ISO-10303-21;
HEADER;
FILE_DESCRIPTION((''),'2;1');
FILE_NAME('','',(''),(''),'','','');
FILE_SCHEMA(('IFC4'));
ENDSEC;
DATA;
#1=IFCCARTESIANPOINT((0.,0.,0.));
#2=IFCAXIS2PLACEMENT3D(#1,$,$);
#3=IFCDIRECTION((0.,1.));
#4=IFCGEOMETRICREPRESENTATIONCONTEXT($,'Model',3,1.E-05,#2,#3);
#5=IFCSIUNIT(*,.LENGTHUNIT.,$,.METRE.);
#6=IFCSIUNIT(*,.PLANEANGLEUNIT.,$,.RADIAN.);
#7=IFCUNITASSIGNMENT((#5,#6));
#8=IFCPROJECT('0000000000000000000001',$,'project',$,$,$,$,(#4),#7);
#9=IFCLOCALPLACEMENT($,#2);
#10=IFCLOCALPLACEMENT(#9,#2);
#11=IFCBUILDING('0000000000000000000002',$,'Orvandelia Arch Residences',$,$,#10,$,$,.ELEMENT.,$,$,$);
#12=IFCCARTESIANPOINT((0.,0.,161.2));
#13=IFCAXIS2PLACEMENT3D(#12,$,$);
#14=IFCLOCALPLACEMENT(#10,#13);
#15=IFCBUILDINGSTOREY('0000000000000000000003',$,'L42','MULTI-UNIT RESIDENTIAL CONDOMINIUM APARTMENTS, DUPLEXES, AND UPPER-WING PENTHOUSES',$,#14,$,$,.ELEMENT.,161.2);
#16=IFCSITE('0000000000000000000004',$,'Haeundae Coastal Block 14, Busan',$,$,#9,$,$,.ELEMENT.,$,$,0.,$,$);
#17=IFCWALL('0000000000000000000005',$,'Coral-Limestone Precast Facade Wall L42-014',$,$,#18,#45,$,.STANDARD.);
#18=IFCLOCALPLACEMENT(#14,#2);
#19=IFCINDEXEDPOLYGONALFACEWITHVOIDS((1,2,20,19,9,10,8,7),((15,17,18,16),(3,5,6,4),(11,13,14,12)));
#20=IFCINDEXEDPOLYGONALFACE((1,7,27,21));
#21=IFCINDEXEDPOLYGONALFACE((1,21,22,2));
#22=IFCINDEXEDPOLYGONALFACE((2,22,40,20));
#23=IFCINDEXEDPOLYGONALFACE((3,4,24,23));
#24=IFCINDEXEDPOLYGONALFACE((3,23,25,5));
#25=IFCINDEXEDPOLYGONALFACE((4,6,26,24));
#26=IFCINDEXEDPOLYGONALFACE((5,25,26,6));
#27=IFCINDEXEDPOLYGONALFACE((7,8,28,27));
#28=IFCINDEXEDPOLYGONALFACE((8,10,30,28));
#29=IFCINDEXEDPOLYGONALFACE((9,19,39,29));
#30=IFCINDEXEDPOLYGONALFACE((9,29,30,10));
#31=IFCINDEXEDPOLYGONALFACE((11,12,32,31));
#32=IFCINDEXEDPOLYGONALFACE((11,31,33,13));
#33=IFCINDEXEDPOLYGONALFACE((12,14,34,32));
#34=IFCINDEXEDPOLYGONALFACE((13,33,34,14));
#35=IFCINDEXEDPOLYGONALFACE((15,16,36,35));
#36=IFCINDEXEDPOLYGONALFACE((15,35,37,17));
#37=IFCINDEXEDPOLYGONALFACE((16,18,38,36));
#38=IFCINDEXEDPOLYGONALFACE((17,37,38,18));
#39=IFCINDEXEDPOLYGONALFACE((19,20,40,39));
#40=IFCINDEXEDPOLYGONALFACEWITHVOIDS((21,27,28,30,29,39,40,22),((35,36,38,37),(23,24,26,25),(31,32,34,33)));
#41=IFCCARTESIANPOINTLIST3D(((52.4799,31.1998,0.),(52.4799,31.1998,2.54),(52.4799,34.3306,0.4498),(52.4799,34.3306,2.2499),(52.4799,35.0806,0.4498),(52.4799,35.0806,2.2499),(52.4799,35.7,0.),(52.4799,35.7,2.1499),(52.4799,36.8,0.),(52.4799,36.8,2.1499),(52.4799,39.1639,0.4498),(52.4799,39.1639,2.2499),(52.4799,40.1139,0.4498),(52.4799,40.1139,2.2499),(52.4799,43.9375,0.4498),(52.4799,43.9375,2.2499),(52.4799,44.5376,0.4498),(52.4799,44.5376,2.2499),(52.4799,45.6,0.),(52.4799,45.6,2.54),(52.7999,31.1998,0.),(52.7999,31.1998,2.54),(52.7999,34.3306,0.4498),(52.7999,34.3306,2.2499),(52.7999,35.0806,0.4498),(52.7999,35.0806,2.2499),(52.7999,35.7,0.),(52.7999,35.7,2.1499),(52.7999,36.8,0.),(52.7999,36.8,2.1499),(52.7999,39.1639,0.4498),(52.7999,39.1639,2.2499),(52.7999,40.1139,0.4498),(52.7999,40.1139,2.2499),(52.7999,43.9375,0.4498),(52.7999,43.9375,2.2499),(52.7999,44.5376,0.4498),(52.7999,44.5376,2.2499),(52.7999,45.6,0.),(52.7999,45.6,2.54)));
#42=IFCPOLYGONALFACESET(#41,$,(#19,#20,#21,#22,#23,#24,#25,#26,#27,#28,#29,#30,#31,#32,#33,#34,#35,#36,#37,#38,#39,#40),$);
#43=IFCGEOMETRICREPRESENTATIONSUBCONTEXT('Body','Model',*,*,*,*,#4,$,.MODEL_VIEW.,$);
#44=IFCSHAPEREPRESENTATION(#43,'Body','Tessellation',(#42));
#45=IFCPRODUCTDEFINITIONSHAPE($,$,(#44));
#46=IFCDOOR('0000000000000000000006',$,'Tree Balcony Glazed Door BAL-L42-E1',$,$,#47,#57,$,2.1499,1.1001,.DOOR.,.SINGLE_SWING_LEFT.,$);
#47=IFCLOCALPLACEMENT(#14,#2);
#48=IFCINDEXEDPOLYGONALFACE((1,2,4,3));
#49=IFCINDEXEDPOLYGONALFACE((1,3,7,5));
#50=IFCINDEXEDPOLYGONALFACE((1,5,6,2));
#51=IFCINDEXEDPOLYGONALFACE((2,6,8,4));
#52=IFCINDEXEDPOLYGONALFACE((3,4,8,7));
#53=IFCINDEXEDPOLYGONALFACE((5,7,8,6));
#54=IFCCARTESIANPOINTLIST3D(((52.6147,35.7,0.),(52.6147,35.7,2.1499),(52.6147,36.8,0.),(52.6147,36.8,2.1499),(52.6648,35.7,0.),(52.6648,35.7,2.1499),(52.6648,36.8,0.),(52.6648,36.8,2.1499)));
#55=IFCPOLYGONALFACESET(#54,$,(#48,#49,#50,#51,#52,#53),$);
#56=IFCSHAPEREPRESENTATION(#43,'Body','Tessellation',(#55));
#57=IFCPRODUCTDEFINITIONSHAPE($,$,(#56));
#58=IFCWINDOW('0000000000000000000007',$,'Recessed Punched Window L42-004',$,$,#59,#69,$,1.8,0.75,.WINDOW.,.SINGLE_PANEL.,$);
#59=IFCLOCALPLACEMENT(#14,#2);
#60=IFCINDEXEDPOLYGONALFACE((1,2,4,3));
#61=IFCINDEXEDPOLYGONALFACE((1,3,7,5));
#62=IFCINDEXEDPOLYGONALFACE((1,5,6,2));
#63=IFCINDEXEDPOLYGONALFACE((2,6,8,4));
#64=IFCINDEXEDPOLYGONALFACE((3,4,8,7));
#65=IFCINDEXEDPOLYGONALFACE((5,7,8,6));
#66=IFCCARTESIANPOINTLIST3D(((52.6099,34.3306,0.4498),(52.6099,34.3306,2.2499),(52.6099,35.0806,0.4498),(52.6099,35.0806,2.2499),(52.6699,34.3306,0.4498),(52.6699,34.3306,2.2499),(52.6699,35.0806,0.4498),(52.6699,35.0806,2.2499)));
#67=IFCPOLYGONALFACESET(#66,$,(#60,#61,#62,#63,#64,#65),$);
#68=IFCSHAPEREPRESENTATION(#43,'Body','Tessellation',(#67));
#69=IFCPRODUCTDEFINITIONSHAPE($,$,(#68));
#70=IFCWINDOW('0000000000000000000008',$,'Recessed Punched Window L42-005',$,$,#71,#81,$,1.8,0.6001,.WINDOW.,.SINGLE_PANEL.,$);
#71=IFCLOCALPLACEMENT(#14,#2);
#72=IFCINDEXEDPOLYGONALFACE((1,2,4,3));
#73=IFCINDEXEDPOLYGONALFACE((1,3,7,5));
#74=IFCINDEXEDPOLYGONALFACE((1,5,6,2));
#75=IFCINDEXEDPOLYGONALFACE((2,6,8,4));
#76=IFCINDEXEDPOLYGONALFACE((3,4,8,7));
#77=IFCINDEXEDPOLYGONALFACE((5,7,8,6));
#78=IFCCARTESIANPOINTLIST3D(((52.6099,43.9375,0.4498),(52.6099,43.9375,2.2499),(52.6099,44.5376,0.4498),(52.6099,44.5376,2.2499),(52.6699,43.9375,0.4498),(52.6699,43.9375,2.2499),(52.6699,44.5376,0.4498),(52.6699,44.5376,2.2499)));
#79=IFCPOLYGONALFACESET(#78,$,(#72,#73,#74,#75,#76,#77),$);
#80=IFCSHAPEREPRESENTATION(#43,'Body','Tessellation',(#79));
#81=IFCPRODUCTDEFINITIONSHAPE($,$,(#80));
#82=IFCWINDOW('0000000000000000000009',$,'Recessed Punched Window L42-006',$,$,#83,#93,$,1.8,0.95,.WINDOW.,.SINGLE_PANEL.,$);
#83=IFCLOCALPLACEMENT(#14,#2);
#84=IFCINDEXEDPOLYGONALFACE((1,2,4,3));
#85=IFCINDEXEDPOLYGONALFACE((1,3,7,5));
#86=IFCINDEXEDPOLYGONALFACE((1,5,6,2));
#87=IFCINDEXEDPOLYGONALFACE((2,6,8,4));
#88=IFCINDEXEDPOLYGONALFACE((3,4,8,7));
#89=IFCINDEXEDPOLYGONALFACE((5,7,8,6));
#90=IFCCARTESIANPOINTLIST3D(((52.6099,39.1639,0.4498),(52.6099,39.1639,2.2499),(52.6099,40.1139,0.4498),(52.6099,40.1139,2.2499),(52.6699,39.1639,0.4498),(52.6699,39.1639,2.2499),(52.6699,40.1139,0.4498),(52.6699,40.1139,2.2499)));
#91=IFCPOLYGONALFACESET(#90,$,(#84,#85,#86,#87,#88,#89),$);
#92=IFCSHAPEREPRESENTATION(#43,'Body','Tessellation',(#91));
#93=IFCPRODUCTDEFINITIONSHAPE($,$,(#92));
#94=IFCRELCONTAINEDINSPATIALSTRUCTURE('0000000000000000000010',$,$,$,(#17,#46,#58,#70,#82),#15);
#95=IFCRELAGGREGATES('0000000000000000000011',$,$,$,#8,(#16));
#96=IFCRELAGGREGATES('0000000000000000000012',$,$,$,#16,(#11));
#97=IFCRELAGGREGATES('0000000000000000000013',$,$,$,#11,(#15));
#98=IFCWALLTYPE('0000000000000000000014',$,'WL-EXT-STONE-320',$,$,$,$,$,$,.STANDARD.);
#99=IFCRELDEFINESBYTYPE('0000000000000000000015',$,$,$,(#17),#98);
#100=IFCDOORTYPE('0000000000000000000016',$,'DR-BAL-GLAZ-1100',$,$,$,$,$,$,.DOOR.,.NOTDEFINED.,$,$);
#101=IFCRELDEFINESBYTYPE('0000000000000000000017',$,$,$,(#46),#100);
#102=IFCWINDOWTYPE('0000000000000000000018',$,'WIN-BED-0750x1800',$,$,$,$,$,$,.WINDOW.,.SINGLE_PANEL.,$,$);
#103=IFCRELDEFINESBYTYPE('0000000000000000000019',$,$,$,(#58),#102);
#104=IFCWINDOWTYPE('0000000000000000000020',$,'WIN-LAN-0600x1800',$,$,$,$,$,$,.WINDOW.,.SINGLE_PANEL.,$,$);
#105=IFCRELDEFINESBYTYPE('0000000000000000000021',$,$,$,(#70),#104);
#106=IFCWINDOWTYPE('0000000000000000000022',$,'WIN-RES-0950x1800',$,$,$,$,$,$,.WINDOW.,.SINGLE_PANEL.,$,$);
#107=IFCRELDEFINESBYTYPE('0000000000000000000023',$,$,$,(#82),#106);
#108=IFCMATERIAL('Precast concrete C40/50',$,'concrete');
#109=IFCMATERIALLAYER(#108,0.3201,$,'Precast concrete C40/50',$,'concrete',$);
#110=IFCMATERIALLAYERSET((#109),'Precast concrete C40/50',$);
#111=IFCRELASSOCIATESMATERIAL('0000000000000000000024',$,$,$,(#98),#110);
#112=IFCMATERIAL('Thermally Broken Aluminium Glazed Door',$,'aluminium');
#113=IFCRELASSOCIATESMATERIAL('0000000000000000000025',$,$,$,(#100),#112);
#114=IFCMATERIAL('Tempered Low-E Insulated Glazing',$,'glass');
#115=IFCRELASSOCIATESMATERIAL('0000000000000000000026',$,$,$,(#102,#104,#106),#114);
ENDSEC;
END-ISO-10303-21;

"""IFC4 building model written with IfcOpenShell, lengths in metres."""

from ifc_helpers import new_model, si_unit, direction, frame, frame_2d, origin, place, context, subcontext, project, spatial, rectangle, extrude, material, layer, layer_set, type_object, element, fill, save


model = new_model("IFC4")

# Units and contexts
model_context = context("Model", 3, precision=1e-05, world=origin(), true_north=direction((0.0, 1.0)))
body_context = subcontext(model_context, "Body", "Model", "MODEL_VIEW")
ifc_project = project(units=[si_unit("LENGTHUNIT", "METRE"), si_unit("PLANEANGLEUNIT", "RADIAN")], contexts=[model_context])

# Site, building, storey
site_placement = place(None, origin())
site = spatial("IfcSite", under=ifc_project, at=site_placement, Name="Haeundae Coastal Block 14, Busan", CompositionType="ELEMENT", RefElevation=0.0)
building_placement = place(site_placement, origin())
building = spatial("IfcBuilding", under=site, at=building_placement, Name="Orvandelia Arch Residences", CompositionType="ELEMENT")
storey_placement = place(building_placement, frame((0.0, 0.0, 161.2)))
storey = spatial("IfcBuildingStorey", under=building, at=storey_placement, Name="L42", Description="MULTI-UNIT RESIDENTIAL CONDOMINIUM APARTMENTS, DUPLEXES, AND UPPER-WING PENTHOUSES", CompositionType="ELEMENT", Elevation=161.2)

# Shared definitions
ifc_material_1 = material(Name="Precast concrete C40/50", Category="concrete")
ifc_layer_1 = layer(ifc_material_1, 0.3201, Name="Precast concrete C40/50", Category="concrete")
ifc_layer_set_1 = layer_set([ifc_layer_1], Name="Precast concrete C40/50")
wall_type_1 = type_object("IfcWallType", Name="WL-EXT-STONE-320", PredefinedType="STANDARD", material=ifc_layer_set_1)

# Wall, openings, door, windows
wall_1_placement = place(storey_placement, frame((52.6399, 45.6001, 0.0), z_axis=(0.0, 0.0, 1.0), x_axis=(0.0, -1.0, 0.0)))
wall_1 = element("IfcWall", 1, at=wall_1_placement, inside=storey, type_object=wall_type_1, Name="Coral-Limestone Precast Facade Wall L42-014", PredefinedType="STANDARD", context=body_context, shape_type="SweptSolid", body=[
    extrude(rectangle(XDim=14.4001, YDim=0.3201, at=frame_2d((7.2002, 0.0))), origin(), (0.0, 0.0, 1.0), 2.54),
])
opening_1_placement = place(wall_1_placement, frame((8.8, 0.0, 0.0)))
opening_1 = element("IfcOpeningElement", 2, at=opening_1_placement, cuts=wall_1, PredefinedType="OPENING", context=body_context, shape_type="SweptSolid", body=[
    extrude(rectangle(XDim=1.1001, YDim=2.1499, at=frame_2d((0.55, 1.075))), frame((0.0, 0.1699, 0.0), z_axis=(0.0, -1.0, 0.0), x_axis=(1.0, 0.0, 0.0)), (0.0, 0.0, 1.0), 0.3401),
])
opening_2_placement = place(wall_1_placement, frame((10.5195, 0.0, 0.45)))
opening_2 = element("IfcOpeningElement", 3, at=opening_2_placement, cuts=wall_1, PredefinedType="OPENING", context=body_context, shape_type="SweptSolid", body=[
    extrude(rectangle(XDim=0.75, YDim=1.8, at=frame_2d((0.375, 0.8999))), frame((0.0, 0.1699, 0.0), z_axis=(0.0, -1.0, 0.0), x_axis=(1.0, 0.0, 0.0)), (0.0, 0.0, 1.0), 0.3401),
])
opening_3_placement = place(wall_1_placement, frame((1.0625, 0.0, 0.45)))
opening_3 = element("IfcOpeningElement", 4, at=opening_3_placement, cuts=wall_1, PredefinedType="OPENING", context=body_context, shape_type="SweptSolid", body=[
    extrude(rectangle(XDim=0.6001, YDim=1.8, at=frame_2d((0.3, 0.8999))), frame((0.0, 0.1699, 0.0), z_axis=(0.0, -1.0, 0.0), x_axis=(1.0, 0.0, 0.0)), (0.0, 0.0, 1.0), 0.3401),
])
opening_4_placement = place(wall_1_placement, frame((5.4861, 0.0, 0.45)))
opening_4 = element("IfcOpeningElement", 5, at=opening_4_placement, cuts=wall_1, PredefinedType="OPENING", context=body_context, shape_type="SweptSolid", body=[
    extrude(rectangle(XDim=0.95, YDim=1.8, at=frame_2d((0.4751, 0.8999))), frame((0.0, 0.1699, 0.0), z_axis=(0.0, -1.0, 0.0), x_axis=(1.0, 0.0, 0.0)), (0.0, 0.0, 1.0), 0.3401),
])
ifc_material_2 = material(Name="Thermally Broken Aluminium Glazed Door", Category="aluminium")
door_type_1 = type_object("IfcDoorType", Name="DR-BAL-GLAZ-1100", OperationType="NOTDEFINED", PredefinedType="DOOR", material=ifc_material_2)
door_1_placement = place(opening_1_placement, origin())
door_1 = element("IfcDoor", 6, at=door_1_placement, inside=storey, type_object=door_type_1, Name="Tree Balcony Glazed Door BAL-L42-E1", OperationType="SINGLE_SWING_LEFT", OverallHeight=2.1499, OverallWidth=1.1001, PredefinedType="DOOR", context=body_context, shape_type="SweptSolid", body=[
    extrude(rectangle(XDim=1.1001, YDim=2.1499, at=frame_2d((0.55, 1.075))), frame((0.0, 0.0249, 0.0), z_axis=(0.0, -1.0, 0.0), x_axis=(1.0, 0.0, 0.0)), (0.0, 0.0, 1.0), 0.05),
])
fill(opening_1, door_1)
ifc_material_3 = material(Name="Tempered Low-E Insulated Glazing", Category="glass")
window_type_1 = type_object("IfcWindowType", Name="WIN-BED-0750x1800", PartitioningType="SINGLE_PANEL", PredefinedType="WINDOW", material=ifc_material_3)
window_1_placement = place(opening_2_placement, origin())
window_1 = element("IfcWindow", 7, at=window_1_placement, inside=storey, type_object=window_type_1, Name="Recessed Punched Window L42-004", OverallHeight=1.8, OverallWidth=0.75, PartitioningType="SINGLE_PANEL", PredefinedType="WINDOW", context=body_context, shape_type="SweptSolid", body=[
    extrude(rectangle(XDim=0.75, YDim=1.8, at=frame_2d((0.375, 0.8999))), frame((0.0, 0.03, 0.0), z_axis=(0.0, -1.0, 0.0), x_axis=(1.0, 0.0, 0.0)), (0.0, 0.0, 1.0), 0.0601),
])
fill(opening_2, window_1)
window_type_2 = type_object("IfcWindowType", Name="WIN-LAN-0600x1800", PartitioningType="SINGLE_PANEL", PredefinedType="WINDOW", material=ifc_material_3)
window_2_placement = place(opening_3_placement, origin())
window_2 = element("IfcWindow", 8, at=window_2_placement, inside=storey, type_object=window_type_2, Name="Recessed Punched Window L42-005", OverallHeight=1.8, OverallWidth=0.6001, PartitioningType="SINGLE_PANEL", PredefinedType="WINDOW", context=body_context, shape_type="SweptSolid", body=[
    extrude(rectangle(XDim=0.6001, YDim=1.8, at=frame_2d((0.3, 0.8999))), frame((0.0, 0.03, 0.0), z_axis=(0.0, -1.0, 0.0), x_axis=(1.0, 0.0, 0.0)), (0.0, 0.0, 1.0), 0.0601),
])
fill(opening_3, window_2)
window_type_3 = type_object("IfcWindowType", Name="WIN-RES-0950x1800", PartitioningType="SINGLE_PANEL", PredefinedType="WINDOW", material=ifc_material_3)
window_3_placement = place(opening_4_placement, origin())
window_3 = element("IfcWindow", 9, at=window_3_placement, inside=storey, type_object=window_type_3, Name="Recessed Punched Window L42-006", OverallHeight=1.8, OverallWidth=0.95, PartitioningType="SINGLE_PANEL", PredefinedType="WINDOW", context=body_context, shape_type="SweptSolid", body=[
    extrude(rectangle(XDim=0.95, YDim=1.8, at=frame_2d((0.4751, 0.8999))), frame((0.0, 0.03, 0.0), z_axis=(0.0, -1.0, 0.0), x_axis=(1.0, 0.0, 0.0)), (0.0, 0.0, 1.0), 0.0601),
])
fill(opening_4, window_3)

save(model, "model.ifc")
